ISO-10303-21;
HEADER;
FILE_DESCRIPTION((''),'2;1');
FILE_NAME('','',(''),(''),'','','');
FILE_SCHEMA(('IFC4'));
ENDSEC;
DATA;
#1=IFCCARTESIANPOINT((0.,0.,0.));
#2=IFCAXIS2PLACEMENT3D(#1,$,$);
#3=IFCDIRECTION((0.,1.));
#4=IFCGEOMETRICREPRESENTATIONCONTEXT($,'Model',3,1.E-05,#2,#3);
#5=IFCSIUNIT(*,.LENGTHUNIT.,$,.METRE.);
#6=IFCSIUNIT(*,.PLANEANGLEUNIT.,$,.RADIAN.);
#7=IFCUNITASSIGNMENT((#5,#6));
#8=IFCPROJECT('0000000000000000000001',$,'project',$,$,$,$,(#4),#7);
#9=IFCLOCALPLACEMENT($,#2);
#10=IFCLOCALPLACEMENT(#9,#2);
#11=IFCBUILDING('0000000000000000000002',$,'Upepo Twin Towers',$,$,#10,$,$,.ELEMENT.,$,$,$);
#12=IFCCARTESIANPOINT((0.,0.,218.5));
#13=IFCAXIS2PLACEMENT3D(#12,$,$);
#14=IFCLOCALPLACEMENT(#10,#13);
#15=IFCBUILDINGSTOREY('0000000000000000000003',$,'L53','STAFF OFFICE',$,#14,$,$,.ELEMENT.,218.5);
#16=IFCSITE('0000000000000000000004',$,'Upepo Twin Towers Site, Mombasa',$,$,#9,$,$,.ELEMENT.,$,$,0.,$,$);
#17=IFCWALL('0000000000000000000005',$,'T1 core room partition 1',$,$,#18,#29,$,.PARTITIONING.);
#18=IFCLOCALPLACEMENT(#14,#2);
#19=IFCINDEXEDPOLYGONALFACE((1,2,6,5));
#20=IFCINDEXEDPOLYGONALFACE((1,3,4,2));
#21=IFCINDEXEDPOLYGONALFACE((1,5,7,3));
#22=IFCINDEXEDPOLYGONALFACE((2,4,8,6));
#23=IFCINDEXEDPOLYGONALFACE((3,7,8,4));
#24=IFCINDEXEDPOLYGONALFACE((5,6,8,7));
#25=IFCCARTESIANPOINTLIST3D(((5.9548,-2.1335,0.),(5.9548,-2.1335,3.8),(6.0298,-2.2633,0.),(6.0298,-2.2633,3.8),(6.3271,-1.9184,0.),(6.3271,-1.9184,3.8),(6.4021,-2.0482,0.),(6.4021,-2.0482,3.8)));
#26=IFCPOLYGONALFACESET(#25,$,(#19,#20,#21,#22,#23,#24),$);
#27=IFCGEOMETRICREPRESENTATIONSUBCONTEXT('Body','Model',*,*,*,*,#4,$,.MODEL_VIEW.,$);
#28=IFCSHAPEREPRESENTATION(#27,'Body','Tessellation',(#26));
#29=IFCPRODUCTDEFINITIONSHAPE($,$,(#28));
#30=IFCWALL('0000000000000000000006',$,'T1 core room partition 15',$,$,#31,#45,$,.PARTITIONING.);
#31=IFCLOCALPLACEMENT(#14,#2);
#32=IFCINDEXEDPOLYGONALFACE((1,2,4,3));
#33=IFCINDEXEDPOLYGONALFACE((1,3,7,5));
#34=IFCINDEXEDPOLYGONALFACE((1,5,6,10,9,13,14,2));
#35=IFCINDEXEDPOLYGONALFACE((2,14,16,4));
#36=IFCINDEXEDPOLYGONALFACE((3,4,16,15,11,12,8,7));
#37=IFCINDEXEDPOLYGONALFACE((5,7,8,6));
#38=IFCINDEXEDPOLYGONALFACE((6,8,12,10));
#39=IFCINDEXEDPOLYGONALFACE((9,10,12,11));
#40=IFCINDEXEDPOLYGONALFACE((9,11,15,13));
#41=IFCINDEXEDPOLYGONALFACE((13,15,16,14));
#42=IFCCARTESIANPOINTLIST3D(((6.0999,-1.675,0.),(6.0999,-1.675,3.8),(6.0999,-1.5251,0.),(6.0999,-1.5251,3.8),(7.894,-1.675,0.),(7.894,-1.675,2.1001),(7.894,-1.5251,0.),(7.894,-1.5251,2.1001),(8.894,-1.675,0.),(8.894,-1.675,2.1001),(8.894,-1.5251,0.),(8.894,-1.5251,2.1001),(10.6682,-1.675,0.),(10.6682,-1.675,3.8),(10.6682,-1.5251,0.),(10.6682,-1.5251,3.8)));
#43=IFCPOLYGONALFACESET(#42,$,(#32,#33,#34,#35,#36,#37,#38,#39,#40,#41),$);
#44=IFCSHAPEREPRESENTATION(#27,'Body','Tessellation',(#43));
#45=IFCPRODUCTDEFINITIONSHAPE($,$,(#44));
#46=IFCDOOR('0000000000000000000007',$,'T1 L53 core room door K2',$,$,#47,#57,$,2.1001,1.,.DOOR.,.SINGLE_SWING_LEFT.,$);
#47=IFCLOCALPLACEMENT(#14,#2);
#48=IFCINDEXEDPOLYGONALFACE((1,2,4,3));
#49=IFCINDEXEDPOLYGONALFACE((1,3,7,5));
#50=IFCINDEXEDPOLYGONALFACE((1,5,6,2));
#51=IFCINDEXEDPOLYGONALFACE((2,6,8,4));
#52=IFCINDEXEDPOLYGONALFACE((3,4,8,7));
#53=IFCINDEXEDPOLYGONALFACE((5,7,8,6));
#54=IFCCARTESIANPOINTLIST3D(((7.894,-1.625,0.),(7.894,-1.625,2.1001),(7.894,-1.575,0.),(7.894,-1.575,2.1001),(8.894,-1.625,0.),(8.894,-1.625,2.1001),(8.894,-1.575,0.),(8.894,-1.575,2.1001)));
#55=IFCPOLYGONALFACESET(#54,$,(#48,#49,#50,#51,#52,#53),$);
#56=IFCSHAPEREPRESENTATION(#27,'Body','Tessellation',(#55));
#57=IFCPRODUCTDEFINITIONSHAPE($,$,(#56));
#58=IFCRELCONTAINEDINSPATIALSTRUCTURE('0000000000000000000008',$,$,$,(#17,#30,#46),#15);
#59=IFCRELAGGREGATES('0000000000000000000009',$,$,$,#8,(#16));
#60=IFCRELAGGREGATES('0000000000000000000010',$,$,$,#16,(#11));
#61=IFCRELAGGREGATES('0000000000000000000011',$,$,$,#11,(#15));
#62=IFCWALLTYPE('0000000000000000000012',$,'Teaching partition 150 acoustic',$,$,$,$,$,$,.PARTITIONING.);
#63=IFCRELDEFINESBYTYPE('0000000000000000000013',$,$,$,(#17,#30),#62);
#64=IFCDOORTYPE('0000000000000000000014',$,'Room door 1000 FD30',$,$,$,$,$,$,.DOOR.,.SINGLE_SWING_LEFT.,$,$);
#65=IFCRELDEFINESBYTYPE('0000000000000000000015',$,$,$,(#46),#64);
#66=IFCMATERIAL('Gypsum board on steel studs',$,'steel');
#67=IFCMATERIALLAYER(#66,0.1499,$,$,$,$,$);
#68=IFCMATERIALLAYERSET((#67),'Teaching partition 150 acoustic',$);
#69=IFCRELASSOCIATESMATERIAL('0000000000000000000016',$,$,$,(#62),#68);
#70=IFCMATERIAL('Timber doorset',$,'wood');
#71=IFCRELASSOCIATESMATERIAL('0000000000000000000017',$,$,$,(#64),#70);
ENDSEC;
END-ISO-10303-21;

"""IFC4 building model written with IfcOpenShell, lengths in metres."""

from ifc_helpers import new_model, si_unit, direction, frame, frame_2d, origin, place, context, subcontext, project, spatial, rectangle, extrude, material, layer, layer_set, type_object, element, fill, save


model = new_model("IFC4")

# Units and contexts
model_context = context("Model", 3, precision=1e-05, world=origin(), true_north=direction((0.0, 1.0)))
body_context = subcontext(model_context, "Body", "Model", "MODEL_VIEW")
ifc_project = project(units=[si_unit("LENGTHUNIT", "METRE"), si_unit("PLANEANGLEUNIT", "RADIAN")], contexts=[model_context])

# Site, building, storey
site_placement = place(None, origin())
site = spatial("IfcSite", under=ifc_project, at=site_placement, Name="Upepo Twin Towers Site, Mombasa", CompositionType="ELEMENT", RefElevation=0.0)
building_placement = place(site_placement, origin())
building = spatial("IfcBuilding", under=site, at=building_placement, Name="Upepo Twin Towers", CompositionType="ELEMENT")
storey_placement = place(building_placement, frame((0.0, 0.0, 218.5)))
storey = spatial("IfcBuildingStorey", under=building, at=storey_placement, Name="L53", Description="STAFF OFFICE", CompositionType="ELEMENT", Elevation=218.5)

# Wall
ifc_material_1 = material(Name="Gypsum board on steel studs", Category="steel")
ifc_layer_1 = layer(ifc_material_1, 0.1499)
ifc_layer_set_1 = layer_set([ifc_layer_1], Name="Teaching partition 150 acoustic")
wall_type_1 = type_object("IfcWallType", Name="Teaching partition 150 acoustic", PredefinedType="PARTITIONING", material=ifc_layer_set_1)
wall_1_placement = place(storey_placement, frame((6.3645, -1.9834, 0.0), z_axis=(0.0, 0.0, 1.0), x_axis=(-0.865892, -0.50023, 0.0)))
element("IfcWall", 1, at=wall_1_placement, inside=storey, type_object=wall_type_1, Name="T1 core room partition 1", PredefinedType="PARTITIONING", context=body_context, shape_type="SweptSolid", body=[
    extrude(rectangle(XDim=0.4299, YDim=0.1499, at=frame_2d((0.2148, 0.0))), origin(), (0.0, 0.0, 1.0), 3.8),
])

# Wall, opening, door
wall_2_placement = place(storey_placement, frame((10.6682, -1.6001, 0.0), z_axis=(0.0, 0.0, 1.0), x_axis=(-1.0, 0.0, 0.0)))
wall_2 = element("IfcWall", 2, at=wall_2_placement, inside=storey, type_object=wall_type_1, Name="T1 core room partition 15", PredefinedType="PARTITIONING", context=body_context, shape_type="SweptSolid", body=[
    extrude(rectangle(XDim=4.5684, YDim=0.1499, at=frame_2d((2.2842, 0.0))), origin(), (0.0, 0.0, 1.0), 3.8),
])
opening_1_placement = place(wall_2_placement, frame((1.7742, 0.0, 0.0)))
opening_1 = element("IfcOpeningElement", 3, at=opening_1_placement, cuts=wall_2, PredefinedType="OPENING", context=body_context, shape_type="SweptSolid", body=[
    extrude(rectangle(XDim=1.0, YDim=2.1001, at=frame_2d((0.5, 1.05))), frame((0.0, 0.085, 0.0), z_axis=(0.0, -1.0, 0.0), x_axis=(1.0, 0.0, 0.0)), (0.0, 0.0, 1.0), 0.1699),
])
ifc_material_2 = material(Name="Timber doorset", Category="wood")
door_type_1 = type_object("IfcDoorType", Name="Room door 1000 FD30", OperationType="SINGLE_SWING_LEFT", PredefinedType="DOOR", material=ifc_material_2)
door_1_placement = place(opening_1_placement, origin())
door_1 = element("IfcDoor", 4, at=door_1_placement, inside=storey, type_object=door_type_1, Name="T1 L53 core room door K2", OperationType="SINGLE_SWING_LEFT", OverallHeight=2.1001, OverallWidth=1.0, PredefinedType="DOOR", context=body_context, shape_type="SweptSolid", body=[
    extrude(rectangle(XDim=1.0, YDim=2.1001, at=frame_2d((0.5, 1.05))), frame((0.0, 0.0249, 0.0), z_axis=(0.0, -1.0, 0.0), x_axis=(1.0, 0.0, 0.0)), (0.0, 0.0, 1.0), 0.05),
])
fill(opening_1, door_1)

save(model, "model.ifc")
